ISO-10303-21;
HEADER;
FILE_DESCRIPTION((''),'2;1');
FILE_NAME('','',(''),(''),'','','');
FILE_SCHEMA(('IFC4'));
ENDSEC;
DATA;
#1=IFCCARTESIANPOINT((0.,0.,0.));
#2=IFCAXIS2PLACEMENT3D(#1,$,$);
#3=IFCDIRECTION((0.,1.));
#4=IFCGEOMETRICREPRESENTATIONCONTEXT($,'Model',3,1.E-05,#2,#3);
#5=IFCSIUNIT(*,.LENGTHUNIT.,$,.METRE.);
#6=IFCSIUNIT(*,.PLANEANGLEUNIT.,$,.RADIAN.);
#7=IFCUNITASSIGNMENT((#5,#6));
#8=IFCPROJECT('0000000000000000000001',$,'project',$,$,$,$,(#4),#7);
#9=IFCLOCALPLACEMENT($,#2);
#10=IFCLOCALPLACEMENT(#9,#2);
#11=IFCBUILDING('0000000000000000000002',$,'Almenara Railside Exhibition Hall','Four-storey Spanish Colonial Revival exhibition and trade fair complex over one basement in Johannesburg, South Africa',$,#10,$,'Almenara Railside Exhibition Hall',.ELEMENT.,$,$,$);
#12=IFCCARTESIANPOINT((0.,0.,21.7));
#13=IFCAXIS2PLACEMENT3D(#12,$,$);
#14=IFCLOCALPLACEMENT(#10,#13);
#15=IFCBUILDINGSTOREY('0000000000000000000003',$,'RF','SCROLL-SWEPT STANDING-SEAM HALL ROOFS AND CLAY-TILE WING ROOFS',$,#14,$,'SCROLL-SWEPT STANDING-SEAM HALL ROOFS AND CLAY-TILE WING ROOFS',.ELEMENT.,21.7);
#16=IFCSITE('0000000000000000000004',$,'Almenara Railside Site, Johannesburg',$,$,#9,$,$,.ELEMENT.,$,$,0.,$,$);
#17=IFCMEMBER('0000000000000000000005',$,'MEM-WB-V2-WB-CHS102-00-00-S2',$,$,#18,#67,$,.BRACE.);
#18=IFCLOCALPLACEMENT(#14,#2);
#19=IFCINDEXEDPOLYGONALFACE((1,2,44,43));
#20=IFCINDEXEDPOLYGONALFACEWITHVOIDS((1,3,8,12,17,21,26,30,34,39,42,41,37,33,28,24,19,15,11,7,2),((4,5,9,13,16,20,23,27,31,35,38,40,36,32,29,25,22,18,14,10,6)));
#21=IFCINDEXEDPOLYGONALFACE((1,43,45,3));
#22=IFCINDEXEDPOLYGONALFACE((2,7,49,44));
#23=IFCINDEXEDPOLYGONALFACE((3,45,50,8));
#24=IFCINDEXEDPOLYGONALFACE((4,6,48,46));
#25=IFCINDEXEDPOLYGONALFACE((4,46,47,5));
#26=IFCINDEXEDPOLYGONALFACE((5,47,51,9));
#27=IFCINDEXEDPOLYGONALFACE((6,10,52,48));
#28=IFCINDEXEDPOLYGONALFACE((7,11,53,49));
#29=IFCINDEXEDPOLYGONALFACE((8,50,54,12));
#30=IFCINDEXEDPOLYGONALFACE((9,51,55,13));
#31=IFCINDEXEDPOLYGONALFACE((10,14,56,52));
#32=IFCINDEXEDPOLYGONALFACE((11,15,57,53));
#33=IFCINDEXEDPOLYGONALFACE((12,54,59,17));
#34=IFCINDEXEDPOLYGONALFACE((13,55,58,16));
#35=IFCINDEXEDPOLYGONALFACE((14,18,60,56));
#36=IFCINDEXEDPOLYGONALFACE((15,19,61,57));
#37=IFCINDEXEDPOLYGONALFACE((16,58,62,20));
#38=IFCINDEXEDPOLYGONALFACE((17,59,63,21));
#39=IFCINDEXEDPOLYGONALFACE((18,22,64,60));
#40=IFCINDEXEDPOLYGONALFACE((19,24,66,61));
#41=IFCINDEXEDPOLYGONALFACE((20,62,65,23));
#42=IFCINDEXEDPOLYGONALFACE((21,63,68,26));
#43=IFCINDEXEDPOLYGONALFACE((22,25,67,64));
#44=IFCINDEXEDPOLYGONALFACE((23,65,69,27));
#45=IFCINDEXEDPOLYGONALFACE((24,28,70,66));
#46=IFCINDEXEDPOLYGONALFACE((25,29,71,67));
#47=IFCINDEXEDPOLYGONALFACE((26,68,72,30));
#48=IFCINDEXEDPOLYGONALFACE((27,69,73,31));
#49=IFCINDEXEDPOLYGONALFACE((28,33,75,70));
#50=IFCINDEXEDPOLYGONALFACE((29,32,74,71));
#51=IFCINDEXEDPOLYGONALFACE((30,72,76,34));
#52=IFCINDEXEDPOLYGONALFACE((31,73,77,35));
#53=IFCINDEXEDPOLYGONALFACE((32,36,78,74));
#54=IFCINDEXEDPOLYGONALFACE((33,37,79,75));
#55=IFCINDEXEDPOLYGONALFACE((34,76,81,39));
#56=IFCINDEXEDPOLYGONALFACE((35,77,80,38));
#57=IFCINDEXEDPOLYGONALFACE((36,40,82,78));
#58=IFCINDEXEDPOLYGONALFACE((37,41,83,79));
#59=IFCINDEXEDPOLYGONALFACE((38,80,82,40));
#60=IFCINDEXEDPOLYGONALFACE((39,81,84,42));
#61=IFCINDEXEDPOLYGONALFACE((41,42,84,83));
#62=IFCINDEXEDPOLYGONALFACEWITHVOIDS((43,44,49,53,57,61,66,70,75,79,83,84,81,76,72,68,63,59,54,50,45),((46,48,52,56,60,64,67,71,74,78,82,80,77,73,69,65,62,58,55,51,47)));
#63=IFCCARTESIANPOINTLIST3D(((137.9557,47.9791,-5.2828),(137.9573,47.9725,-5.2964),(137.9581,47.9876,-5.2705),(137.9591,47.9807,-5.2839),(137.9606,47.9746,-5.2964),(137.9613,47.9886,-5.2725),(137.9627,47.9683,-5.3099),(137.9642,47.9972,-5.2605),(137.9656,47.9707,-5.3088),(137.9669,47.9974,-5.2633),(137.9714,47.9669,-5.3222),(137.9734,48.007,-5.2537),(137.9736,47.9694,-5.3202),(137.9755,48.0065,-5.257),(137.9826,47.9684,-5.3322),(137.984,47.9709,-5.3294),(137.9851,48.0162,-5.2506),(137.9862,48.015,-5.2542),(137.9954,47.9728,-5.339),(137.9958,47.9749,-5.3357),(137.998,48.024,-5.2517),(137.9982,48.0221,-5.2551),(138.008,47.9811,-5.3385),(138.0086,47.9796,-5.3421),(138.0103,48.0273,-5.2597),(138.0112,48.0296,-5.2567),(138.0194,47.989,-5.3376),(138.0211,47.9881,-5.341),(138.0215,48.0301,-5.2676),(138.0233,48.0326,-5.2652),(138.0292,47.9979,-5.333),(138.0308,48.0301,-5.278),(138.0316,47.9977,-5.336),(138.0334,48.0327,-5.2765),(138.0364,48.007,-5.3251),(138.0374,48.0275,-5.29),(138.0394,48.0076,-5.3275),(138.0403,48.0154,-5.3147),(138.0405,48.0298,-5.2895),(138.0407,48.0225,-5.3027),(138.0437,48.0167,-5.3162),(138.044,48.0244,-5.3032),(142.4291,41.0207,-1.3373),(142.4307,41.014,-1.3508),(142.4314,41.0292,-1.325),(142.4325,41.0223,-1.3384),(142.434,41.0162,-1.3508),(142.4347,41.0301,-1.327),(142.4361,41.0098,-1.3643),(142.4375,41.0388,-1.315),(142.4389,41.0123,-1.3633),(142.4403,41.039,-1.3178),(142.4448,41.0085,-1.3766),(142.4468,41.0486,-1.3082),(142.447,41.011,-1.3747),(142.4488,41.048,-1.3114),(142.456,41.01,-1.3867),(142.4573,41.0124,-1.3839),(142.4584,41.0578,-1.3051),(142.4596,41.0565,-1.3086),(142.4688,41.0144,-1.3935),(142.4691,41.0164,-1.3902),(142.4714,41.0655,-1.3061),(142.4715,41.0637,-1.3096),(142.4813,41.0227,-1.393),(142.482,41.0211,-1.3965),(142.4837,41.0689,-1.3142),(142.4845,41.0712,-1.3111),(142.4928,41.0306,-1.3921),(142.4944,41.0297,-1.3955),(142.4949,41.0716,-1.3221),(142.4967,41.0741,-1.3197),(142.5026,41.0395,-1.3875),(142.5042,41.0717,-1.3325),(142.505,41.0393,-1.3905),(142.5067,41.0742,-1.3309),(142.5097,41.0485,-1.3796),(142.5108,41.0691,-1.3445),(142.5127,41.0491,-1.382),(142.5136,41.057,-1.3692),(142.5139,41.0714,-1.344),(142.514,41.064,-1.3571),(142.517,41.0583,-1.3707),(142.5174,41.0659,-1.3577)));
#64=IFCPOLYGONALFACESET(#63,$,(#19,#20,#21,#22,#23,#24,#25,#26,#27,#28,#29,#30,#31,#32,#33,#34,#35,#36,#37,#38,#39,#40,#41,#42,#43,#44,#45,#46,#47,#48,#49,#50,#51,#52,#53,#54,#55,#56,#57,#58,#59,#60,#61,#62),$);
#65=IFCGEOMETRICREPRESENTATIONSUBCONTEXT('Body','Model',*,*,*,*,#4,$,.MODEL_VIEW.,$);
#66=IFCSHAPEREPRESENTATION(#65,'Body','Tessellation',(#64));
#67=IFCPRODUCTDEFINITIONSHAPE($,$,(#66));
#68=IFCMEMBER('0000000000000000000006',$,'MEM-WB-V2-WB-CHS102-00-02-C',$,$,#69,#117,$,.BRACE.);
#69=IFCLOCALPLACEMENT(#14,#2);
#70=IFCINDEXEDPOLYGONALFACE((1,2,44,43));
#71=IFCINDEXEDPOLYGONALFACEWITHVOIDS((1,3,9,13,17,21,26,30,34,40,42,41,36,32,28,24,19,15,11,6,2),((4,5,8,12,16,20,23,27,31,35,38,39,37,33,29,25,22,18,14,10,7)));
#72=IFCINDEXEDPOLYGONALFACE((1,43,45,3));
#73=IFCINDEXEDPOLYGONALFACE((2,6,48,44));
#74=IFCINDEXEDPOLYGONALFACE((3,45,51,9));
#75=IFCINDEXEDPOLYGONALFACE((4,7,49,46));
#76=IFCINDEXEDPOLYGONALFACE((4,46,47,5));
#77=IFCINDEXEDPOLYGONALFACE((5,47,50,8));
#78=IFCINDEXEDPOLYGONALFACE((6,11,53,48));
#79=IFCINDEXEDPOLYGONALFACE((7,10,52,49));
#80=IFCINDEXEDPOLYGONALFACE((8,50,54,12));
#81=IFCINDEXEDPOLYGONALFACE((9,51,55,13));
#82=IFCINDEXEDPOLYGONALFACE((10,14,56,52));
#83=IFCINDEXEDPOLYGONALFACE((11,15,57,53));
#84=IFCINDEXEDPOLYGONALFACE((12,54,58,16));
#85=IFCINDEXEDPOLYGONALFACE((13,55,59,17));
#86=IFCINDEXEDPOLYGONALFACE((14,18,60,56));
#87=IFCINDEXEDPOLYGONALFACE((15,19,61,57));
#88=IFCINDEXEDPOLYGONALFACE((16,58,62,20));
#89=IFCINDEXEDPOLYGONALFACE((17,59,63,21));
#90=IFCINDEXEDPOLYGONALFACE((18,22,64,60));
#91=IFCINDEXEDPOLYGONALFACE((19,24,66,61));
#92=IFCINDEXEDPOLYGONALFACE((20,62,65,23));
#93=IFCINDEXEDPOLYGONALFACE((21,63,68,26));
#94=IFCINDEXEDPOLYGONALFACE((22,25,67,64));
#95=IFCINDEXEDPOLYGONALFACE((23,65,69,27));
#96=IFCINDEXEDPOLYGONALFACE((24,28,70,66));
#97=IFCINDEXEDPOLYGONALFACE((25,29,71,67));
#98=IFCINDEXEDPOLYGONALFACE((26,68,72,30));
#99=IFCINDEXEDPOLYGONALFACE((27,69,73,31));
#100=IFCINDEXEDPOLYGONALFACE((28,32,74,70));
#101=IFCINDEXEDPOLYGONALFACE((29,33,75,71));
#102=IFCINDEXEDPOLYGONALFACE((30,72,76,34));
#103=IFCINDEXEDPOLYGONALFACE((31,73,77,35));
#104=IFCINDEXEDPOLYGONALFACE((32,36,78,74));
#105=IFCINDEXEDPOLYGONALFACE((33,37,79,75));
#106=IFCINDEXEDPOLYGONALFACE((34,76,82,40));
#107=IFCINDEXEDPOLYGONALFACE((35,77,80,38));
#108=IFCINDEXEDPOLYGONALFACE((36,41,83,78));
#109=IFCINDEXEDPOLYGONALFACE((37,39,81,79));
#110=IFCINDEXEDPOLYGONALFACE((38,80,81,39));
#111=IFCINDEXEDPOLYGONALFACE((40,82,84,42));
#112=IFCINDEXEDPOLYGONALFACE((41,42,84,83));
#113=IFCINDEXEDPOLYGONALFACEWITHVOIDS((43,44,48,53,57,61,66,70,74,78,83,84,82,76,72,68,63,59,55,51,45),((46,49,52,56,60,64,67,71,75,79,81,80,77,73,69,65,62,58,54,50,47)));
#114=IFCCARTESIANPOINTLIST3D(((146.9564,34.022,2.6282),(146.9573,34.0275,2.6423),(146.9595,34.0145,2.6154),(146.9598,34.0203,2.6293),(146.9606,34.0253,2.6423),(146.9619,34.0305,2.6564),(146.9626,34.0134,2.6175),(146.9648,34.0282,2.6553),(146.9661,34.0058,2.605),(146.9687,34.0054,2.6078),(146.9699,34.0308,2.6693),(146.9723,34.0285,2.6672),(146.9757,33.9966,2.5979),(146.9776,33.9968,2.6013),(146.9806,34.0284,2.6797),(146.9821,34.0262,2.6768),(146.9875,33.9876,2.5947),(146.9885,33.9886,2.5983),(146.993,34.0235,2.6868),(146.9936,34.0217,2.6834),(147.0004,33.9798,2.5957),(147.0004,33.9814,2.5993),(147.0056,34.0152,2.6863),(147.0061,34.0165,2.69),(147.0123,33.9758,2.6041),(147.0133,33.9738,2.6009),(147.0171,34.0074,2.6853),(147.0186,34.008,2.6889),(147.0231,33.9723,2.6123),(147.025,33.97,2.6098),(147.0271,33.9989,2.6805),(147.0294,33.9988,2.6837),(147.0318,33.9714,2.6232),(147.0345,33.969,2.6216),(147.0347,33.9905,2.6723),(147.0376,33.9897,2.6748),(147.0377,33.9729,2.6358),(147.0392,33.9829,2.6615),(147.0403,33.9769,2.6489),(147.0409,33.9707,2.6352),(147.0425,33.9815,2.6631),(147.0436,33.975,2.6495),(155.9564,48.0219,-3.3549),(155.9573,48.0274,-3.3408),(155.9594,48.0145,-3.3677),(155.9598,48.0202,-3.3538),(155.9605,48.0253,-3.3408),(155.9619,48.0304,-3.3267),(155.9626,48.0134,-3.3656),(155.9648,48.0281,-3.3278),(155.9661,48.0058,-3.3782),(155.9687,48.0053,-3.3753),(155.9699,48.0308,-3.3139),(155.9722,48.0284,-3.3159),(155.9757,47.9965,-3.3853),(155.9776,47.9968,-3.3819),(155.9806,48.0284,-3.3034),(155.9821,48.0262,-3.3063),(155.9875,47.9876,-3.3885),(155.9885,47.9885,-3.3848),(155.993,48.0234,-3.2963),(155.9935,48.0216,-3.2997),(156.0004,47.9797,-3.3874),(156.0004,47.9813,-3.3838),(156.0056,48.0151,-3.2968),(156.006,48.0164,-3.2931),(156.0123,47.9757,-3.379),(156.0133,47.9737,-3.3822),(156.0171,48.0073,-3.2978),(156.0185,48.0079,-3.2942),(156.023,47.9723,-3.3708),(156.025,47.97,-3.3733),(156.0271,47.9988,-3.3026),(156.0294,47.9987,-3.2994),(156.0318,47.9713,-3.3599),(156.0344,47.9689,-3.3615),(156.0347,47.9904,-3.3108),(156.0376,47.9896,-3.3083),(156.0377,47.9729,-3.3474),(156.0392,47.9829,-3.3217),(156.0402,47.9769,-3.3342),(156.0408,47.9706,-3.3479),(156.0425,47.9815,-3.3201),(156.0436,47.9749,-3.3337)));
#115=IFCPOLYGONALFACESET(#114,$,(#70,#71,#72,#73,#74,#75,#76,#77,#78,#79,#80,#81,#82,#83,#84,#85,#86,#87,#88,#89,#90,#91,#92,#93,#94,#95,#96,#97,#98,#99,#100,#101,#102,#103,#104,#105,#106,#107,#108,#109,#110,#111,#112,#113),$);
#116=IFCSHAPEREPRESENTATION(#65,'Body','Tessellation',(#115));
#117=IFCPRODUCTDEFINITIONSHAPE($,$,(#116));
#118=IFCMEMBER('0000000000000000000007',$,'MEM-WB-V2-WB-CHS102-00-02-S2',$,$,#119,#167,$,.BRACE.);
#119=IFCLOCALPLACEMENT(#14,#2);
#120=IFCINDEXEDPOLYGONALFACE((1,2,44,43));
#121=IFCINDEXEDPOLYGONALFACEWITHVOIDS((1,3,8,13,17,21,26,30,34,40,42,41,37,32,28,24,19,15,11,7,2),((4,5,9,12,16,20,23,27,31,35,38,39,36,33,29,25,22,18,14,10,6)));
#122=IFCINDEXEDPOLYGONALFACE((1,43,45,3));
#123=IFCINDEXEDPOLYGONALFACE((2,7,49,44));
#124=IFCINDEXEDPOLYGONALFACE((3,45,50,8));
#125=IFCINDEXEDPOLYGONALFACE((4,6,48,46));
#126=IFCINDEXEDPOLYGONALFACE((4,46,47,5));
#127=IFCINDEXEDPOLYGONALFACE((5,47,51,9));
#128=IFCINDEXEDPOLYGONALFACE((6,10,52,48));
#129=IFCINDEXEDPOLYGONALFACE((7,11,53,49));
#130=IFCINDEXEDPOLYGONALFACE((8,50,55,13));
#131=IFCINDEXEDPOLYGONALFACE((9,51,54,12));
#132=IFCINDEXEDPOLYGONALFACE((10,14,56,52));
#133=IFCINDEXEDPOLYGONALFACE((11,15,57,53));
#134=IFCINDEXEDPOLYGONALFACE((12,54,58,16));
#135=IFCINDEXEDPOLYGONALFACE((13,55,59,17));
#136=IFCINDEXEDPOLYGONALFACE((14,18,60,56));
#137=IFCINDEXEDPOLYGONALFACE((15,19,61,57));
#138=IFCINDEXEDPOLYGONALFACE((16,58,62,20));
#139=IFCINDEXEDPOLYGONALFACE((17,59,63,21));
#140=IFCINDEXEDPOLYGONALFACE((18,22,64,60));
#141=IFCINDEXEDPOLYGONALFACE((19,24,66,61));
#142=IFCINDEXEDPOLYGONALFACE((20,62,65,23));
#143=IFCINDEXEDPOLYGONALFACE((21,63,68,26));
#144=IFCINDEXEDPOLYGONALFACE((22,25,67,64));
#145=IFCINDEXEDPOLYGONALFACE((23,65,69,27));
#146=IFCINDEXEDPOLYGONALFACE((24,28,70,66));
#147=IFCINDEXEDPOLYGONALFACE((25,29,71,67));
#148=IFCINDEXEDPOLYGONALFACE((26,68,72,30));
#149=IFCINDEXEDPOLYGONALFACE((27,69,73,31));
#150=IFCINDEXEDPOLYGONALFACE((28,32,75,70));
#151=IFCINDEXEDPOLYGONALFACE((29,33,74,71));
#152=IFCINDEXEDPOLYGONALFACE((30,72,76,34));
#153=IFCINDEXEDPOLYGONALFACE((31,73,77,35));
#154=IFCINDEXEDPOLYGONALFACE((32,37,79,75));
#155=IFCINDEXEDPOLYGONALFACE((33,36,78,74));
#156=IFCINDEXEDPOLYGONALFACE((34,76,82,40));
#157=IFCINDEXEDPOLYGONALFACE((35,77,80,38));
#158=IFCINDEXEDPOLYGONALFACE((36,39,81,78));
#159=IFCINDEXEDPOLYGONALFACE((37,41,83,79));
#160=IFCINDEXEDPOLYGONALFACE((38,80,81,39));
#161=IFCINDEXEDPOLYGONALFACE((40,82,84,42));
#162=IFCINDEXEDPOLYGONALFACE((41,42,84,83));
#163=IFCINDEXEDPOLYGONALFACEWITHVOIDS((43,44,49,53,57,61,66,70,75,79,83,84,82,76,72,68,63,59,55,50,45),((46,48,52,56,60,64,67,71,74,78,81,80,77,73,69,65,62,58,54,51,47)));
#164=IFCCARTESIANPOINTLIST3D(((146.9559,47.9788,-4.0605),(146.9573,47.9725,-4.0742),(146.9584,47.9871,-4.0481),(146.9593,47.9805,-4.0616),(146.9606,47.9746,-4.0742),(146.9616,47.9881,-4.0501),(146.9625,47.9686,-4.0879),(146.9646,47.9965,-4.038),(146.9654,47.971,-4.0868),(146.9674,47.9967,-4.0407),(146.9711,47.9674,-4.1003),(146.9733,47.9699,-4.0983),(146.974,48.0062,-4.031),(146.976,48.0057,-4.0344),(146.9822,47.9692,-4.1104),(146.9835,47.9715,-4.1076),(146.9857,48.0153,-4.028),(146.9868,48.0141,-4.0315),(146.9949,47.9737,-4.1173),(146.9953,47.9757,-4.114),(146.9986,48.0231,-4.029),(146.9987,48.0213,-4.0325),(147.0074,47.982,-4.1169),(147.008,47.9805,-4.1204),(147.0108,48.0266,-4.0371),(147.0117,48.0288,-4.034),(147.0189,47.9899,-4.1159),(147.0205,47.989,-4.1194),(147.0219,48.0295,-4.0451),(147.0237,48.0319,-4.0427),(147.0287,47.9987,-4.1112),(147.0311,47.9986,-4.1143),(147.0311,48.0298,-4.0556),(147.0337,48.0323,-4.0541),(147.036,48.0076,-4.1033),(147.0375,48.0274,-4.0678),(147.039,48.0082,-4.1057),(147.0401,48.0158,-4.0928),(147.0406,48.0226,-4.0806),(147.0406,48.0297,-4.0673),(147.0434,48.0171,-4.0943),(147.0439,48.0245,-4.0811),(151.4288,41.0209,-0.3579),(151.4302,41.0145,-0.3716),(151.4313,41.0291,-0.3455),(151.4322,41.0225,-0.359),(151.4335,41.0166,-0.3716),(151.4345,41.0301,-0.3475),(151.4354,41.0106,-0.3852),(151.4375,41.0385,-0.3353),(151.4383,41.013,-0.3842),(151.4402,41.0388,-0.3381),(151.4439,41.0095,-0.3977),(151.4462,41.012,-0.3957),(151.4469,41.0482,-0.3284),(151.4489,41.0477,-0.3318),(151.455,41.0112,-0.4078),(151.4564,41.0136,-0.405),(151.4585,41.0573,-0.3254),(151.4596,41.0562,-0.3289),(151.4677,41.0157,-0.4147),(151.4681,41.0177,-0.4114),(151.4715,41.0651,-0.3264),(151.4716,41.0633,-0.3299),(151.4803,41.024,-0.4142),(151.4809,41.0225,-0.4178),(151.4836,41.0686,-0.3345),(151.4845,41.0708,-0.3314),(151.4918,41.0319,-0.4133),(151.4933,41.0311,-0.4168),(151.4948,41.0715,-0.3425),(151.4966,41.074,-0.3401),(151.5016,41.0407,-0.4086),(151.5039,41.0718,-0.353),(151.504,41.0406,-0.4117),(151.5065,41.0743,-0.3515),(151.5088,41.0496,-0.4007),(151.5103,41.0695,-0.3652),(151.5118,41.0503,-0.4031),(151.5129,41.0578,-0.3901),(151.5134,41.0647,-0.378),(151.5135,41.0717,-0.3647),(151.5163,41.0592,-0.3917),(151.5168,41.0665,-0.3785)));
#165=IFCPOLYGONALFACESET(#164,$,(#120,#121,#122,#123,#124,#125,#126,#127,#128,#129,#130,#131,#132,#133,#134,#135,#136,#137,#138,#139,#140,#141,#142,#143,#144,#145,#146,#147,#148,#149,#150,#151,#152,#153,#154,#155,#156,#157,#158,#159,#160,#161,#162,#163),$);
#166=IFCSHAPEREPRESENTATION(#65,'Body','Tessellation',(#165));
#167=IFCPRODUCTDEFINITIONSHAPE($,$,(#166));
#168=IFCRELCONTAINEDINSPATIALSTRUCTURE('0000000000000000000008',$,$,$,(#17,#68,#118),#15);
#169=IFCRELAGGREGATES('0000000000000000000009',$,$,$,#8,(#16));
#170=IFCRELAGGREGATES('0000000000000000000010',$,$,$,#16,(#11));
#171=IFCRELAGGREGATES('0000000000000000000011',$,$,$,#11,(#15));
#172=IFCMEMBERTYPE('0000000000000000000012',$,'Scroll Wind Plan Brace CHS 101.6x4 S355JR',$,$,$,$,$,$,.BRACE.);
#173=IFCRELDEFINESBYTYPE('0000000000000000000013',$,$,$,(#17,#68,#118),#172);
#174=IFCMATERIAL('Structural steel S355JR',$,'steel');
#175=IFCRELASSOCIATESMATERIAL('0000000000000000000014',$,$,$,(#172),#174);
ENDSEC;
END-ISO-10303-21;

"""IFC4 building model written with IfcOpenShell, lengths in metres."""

from ifc_helpers import new_model, si_unit, direction, frame, origin, origin_2d, place, context, subcontext, project, spatial, hollow_circle, extrude, material, material_profile, profile_set, type_object, element, save


model = new_model("IFC4")

# Units and contexts
model_context = context("Model", 3, precision=1e-05, world=origin(), true_north=direction((0.0, 1.0)))
body_context = subcontext(model_context, "Body", "Model", "MODEL_VIEW")
ifc_project = project(units=[si_unit("LENGTHUNIT", "METRE"), si_unit("PLANEANGLEUNIT", "RADIAN")], contexts=[model_context])

# Site, building, storey
site_placement = place(None, origin())
site = spatial("IfcSite", under=ifc_project, at=site_placement, Name="Almenara Railside Site, Johannesburg", CompositionType="ELEMENT", RefElevation=0.0)
building_placement = place(site_placement, origin())
building = spatial("IfcBuilding", under=site, at=building_placement, Name="Almenara Railside Exhibition Hall", Description="Four-storey Spanish Colonial Revival exhibition and trade fair complex over one basement in Johannesburg, South Africa", LongName="Almenara Railside Exhibition Hall", CompositionType="ELEMENT")
storey_placement = place(building_placement, frame((0.0, 0.0, 21.7)))
storey = spatial("IfcBuildingStorey", under=building, at=storey_placement, Name="RF", Description="SCROLL-SWEPT STANDING-SEAM HALL ROOFS AND CLAY-TILE WING ROOFS", LongName="SCROLL-SWEPT STANDING-SEAM HALL ROOFS AND CLAY-TILE WING ROOFS", CompositionType="ELEMENT", Elevation=21.7)

# Shared definitions
ifc_material_1 = material(Name="Structural steel S355JR", Category="steel")

# Members
ifc_material_profile_1 = material_profile(ifc_material_1, hollow_circle(Radius=0.0508, WallThickness=0.0039, at=origin_2d()), Name="CHS 101.6x4")
ifc_profile_set_1 = profile_set([ifc_material_profile_1], Name="Structural steel S355JR")
member_type_1 = type_object("IfcMemberType", Name="Scroll Wind Plan Brace CHS 101.6x4 S355JR", PredefinedType="BRACE", material=ifc_profile_set_1)
member_1_placement = place(storey_placement, frame((142.4734, 41.0415, -1.3508), z_axis=(-0.488089, 0.759237, -0.430497), x_axis=(-0.841175, -0.540764, 0.0)))
element("IfcMember", 1, at=member_1_placement, inside=storey, type_object=member_type_1, Name="MEM-WB-V2-WB-CHS102-00-00-S2", PredefinedType="BRACE", context=body_context, shape_type="SweptSolid", body=[
    extrude(hollow_circle(Radius=0.0508, WallThickness=0.0039, at=origin_2d()), origin(), (0.0, 0.0, 1.0), 9.165),
])
member_2_placement = place(storey_placement, frame((147.0, 34.0, 2.6423), z_axis=(0.508874, 0.791582, -0.338297), x_axis=(-0.841178, 0.540758, 0.0)))
element("IfcMember", 2, at=member_2_placement, inside=storey, type_object=member_type_1, Name="MEM-WB-V2-WB-CHS102-00-02-C", PredefinedType="BRACE", context=body_context, shape_type="SweptSolid", body=[
    extrude(hollow_circle(Radius=0.0508, WallThickness=0.0039, at=origin_2d()), origin(), (0.0, 0.0, 1.0), 17.686),
])
member_3_placement = place(storey_placement, frame((151.4729, 41.042, -0.3716), z_axis=(-0.493557, 0.767774, -0.408564), x_axis=(-0.841184, -0.540749, 0.0)))
element("IfcMember", 3, at=member_3_placement, inside=storey, type_object=member_type_1, Name="MEM-WB-V2-WB-CHS102-00-02-S2", PredefinedType="BRACE", context=body_context, shape_type="SweptSolid", body=[
    extrude(hollow_circle(Radius=0.0508, WallThickness=0.0039, at=origin_2d()), origin(), (0.0, 0.0, 1.0), 9.0625),
])

save(model, "model.ifc")
